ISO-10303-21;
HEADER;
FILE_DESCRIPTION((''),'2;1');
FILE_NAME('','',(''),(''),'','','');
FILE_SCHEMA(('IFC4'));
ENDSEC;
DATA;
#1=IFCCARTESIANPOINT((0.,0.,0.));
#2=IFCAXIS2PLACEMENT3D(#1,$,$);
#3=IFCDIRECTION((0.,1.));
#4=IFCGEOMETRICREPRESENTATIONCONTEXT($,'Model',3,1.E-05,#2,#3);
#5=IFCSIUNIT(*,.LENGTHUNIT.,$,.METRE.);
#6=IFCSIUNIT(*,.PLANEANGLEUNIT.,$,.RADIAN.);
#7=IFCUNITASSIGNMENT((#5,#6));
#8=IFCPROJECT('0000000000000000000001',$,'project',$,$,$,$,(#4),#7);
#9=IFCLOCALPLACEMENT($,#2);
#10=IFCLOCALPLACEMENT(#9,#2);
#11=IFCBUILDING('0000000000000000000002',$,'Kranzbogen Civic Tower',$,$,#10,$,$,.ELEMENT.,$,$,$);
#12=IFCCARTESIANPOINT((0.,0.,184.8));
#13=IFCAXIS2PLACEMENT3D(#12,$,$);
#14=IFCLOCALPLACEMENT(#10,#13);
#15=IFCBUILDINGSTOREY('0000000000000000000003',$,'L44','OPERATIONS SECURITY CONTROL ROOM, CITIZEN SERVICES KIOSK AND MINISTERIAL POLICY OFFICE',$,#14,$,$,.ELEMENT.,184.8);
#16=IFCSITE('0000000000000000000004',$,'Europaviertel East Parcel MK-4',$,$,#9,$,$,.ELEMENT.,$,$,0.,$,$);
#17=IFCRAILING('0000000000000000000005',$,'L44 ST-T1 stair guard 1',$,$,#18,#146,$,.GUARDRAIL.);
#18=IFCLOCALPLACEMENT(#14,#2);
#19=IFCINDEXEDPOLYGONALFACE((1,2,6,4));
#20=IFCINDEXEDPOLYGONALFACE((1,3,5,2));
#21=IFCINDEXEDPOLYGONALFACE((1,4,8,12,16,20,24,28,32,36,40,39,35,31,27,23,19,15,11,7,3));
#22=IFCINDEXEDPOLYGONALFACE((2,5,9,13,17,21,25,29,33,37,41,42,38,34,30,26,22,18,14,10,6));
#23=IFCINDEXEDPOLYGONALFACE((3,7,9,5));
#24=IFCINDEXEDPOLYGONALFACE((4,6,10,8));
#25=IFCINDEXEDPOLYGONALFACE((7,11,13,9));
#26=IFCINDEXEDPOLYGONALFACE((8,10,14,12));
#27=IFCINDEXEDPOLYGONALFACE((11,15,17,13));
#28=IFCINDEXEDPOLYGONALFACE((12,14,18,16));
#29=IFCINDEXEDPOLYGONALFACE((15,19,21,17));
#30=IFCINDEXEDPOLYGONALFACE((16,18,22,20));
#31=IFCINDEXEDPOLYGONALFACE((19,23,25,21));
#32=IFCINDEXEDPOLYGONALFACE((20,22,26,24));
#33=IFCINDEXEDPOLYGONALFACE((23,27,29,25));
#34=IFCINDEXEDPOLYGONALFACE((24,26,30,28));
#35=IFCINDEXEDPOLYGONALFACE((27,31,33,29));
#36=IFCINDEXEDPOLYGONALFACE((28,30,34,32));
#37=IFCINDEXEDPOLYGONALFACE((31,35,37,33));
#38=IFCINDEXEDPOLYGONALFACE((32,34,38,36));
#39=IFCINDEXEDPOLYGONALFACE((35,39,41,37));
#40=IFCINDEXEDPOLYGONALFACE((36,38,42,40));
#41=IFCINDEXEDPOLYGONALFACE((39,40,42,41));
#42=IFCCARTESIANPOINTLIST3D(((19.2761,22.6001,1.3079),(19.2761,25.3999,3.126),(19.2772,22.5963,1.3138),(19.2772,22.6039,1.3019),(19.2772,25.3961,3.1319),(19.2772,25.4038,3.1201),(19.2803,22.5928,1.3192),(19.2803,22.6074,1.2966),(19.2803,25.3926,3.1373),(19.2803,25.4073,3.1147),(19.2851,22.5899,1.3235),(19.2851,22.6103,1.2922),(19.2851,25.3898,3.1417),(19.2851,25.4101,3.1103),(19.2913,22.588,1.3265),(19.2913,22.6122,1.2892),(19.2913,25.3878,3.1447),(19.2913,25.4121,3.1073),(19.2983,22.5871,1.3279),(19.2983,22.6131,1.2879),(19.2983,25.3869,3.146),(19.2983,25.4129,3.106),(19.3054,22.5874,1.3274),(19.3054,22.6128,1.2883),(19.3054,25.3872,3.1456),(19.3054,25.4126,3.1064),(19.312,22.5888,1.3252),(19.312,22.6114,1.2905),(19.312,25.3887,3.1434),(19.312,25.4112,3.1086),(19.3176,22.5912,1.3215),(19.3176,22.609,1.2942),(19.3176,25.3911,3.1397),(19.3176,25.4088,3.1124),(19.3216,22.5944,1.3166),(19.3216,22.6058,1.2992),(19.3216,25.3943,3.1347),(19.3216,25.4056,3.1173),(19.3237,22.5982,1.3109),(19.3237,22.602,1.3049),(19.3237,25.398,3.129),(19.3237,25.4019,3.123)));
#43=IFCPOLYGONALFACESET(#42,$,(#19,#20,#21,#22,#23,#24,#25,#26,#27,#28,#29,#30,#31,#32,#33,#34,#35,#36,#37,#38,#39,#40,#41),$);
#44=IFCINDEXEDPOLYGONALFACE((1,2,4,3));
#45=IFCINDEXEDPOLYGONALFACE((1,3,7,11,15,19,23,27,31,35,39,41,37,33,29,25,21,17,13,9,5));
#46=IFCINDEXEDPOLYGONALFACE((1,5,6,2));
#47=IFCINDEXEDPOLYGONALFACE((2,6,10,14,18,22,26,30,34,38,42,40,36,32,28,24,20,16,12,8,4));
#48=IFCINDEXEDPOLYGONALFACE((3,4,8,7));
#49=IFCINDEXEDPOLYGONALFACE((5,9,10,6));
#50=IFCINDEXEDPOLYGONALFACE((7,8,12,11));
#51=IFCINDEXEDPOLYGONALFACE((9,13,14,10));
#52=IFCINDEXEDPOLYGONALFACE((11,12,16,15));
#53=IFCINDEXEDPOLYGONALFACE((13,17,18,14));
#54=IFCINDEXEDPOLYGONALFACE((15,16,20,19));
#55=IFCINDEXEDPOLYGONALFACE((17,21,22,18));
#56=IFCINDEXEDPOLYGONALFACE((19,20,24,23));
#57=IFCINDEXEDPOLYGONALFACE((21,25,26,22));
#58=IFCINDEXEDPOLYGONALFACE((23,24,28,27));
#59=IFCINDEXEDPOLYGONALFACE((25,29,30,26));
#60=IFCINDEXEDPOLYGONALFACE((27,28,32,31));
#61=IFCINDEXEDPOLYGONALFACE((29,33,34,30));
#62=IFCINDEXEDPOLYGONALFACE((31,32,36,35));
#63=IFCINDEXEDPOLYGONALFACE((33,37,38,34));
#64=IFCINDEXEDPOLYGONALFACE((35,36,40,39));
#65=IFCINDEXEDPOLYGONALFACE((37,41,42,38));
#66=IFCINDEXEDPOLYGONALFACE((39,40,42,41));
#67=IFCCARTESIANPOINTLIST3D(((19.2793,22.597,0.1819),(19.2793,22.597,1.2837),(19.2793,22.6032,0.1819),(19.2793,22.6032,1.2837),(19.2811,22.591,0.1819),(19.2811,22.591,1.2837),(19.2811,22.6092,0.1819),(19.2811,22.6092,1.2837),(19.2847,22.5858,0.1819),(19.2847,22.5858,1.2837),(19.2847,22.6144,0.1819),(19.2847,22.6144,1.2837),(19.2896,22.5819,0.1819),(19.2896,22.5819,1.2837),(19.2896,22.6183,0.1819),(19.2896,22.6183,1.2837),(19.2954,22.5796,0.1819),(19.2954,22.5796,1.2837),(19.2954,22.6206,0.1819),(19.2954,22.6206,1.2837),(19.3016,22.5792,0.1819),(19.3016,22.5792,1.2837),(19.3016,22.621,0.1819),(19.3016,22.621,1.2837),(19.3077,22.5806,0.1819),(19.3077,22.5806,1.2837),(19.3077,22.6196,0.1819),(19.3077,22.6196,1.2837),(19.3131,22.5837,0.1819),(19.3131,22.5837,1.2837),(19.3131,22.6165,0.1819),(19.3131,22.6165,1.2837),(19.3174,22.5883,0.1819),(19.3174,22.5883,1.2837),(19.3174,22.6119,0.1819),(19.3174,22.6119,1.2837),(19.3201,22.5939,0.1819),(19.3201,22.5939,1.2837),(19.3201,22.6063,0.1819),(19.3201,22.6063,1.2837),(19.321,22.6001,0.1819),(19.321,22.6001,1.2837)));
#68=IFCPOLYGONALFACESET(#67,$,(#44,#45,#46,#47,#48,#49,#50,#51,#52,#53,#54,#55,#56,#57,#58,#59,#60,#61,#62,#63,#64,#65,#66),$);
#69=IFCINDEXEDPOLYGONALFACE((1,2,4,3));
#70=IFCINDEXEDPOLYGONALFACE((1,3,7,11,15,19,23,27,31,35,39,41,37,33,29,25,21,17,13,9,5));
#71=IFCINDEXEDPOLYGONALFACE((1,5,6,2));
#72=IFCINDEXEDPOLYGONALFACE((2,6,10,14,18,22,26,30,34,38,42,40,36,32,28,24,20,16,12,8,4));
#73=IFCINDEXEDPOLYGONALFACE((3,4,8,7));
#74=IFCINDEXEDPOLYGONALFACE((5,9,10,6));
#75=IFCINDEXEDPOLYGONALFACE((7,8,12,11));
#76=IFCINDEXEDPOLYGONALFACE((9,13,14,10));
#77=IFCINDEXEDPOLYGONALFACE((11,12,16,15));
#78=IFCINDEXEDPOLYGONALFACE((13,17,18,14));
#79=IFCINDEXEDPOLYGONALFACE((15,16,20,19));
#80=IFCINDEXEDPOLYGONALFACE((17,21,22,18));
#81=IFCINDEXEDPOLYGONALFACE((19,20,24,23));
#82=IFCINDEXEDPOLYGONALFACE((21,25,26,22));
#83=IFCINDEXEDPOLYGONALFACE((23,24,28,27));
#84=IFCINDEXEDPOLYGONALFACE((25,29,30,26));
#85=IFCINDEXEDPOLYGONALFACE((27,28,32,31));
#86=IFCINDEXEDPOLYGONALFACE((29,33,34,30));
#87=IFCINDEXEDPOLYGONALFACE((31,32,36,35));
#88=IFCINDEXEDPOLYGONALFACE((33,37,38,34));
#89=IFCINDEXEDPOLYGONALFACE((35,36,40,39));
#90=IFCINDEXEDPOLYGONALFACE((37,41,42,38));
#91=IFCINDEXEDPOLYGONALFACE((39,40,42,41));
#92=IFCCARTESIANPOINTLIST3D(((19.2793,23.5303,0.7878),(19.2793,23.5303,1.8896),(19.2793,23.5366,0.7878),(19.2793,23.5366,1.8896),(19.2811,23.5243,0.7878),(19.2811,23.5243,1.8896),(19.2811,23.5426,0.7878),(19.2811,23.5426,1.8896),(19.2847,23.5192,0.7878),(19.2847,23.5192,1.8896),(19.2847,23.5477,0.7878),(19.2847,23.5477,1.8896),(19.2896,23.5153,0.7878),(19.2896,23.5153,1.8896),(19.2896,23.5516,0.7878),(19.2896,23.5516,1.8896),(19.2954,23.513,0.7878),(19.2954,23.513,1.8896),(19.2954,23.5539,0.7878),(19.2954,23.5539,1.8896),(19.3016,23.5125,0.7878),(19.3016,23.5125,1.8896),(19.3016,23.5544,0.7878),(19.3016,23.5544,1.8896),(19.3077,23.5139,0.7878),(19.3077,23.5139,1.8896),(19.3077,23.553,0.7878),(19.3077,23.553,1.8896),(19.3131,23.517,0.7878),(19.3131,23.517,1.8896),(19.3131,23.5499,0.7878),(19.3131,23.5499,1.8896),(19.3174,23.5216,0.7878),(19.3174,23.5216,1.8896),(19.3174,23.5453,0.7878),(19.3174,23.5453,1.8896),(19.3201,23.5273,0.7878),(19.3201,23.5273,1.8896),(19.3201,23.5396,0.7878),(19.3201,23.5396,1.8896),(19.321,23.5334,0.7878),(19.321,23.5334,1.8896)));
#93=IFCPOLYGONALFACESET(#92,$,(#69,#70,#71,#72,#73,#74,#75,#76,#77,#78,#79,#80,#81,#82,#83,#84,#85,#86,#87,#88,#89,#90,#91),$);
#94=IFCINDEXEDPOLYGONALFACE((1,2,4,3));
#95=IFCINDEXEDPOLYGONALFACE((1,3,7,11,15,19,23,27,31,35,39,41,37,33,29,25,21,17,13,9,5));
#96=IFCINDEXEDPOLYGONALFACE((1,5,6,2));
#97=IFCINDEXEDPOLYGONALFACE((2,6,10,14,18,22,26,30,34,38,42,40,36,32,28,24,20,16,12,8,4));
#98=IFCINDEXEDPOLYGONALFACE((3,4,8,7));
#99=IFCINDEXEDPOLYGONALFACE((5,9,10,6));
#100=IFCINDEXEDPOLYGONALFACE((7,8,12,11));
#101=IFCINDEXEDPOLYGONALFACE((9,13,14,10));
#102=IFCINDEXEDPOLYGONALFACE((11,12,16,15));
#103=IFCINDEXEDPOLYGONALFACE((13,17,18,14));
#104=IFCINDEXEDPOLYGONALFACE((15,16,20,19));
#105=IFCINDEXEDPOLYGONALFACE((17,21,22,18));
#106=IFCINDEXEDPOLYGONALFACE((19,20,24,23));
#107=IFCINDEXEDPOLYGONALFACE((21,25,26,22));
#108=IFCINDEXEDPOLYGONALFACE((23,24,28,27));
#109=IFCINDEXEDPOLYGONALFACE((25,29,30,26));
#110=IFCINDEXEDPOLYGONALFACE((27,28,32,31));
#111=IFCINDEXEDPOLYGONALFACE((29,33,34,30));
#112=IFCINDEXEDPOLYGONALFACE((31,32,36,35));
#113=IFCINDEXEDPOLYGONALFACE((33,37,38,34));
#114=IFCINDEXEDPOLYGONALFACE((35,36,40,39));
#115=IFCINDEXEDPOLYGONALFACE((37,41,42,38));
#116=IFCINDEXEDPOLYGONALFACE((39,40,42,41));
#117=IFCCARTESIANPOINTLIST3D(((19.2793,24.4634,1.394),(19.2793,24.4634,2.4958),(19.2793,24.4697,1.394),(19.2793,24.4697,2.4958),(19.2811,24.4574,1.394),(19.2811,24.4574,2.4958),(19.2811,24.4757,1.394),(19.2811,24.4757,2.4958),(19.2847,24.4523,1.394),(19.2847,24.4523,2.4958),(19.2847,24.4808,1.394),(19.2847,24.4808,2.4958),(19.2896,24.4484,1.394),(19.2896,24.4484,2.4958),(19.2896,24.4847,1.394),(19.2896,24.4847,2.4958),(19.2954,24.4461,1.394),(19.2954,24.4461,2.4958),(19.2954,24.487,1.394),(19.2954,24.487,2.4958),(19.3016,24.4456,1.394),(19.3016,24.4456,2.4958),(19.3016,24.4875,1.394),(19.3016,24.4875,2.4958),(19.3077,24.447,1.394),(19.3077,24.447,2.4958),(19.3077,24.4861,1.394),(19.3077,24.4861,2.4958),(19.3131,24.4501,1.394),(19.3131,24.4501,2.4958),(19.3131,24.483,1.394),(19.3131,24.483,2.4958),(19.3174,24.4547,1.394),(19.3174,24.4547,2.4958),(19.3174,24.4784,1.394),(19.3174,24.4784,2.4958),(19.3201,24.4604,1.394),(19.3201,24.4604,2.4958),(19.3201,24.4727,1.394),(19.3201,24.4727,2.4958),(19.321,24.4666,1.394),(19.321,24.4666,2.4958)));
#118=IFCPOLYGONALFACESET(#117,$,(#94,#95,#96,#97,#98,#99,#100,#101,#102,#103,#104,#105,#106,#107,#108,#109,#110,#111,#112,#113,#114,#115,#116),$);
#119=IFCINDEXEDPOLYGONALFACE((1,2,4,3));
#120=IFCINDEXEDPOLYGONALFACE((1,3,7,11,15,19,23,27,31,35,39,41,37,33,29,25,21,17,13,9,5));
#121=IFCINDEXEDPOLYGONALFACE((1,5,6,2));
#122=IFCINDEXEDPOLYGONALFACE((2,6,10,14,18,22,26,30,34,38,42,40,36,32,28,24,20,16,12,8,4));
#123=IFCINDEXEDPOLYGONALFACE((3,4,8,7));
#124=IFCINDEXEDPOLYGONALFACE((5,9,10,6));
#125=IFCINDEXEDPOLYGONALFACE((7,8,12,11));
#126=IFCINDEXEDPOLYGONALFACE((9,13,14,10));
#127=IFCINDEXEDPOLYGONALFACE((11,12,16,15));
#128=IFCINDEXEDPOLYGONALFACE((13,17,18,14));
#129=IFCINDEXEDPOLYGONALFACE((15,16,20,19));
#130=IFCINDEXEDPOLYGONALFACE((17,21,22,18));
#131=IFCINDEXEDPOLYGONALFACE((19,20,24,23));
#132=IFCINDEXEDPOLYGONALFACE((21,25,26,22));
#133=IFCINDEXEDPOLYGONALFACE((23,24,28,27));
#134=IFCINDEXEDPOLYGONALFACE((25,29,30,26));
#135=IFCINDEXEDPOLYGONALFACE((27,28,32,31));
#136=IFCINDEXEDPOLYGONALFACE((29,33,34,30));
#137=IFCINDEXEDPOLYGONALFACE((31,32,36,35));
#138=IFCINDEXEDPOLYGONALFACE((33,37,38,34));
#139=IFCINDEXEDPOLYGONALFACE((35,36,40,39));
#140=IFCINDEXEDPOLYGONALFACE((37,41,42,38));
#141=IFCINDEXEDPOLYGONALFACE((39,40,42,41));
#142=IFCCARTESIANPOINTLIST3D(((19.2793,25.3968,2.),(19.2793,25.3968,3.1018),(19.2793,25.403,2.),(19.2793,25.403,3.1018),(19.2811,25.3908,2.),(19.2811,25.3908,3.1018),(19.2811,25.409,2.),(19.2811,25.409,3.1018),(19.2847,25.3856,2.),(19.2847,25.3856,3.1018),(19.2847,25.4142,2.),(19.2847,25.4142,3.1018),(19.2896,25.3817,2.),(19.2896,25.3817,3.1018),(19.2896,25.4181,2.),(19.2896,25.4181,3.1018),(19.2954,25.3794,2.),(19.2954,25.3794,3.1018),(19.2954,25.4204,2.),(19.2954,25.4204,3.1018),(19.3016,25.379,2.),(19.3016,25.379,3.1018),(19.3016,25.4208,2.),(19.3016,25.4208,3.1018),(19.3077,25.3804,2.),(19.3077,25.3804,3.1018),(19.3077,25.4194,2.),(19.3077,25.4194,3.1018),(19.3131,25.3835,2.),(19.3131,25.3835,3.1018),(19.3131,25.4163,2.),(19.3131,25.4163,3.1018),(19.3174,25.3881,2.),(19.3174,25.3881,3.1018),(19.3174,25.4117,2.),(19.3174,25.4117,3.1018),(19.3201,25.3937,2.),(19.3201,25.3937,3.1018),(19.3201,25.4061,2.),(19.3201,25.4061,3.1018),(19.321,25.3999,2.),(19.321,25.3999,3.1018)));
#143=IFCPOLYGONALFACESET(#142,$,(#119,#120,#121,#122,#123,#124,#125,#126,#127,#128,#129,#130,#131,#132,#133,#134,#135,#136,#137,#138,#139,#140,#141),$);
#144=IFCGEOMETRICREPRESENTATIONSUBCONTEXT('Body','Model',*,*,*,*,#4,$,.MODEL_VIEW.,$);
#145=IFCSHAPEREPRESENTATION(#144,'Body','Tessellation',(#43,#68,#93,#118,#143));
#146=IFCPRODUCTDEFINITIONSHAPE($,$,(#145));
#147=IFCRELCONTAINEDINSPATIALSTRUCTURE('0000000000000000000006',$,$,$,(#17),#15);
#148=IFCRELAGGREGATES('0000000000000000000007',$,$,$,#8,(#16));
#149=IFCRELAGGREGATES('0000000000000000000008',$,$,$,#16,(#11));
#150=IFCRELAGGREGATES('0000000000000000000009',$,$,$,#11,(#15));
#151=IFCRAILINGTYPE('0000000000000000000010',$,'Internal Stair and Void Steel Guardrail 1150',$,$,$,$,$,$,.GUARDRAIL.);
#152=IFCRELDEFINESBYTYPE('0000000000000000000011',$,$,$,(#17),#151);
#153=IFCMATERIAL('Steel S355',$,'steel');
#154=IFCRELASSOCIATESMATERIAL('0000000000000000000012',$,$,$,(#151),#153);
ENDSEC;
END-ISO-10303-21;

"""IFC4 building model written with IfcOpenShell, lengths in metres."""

from ifc_helpers import new_model, si_unit, direction, frame, origin, origin_2d, place, context, subcontext, project, spatial, circle, extrude, material, type_object, element, save


model = new_model("IFC4")

# Units and contexts
model_context = context("Model", 3, precision=1e-05, world=origin(), true_north=direction((0.0, 1.0)))
body_context = subcontext(model_context, "Body", "Model", "MODEL_VIEW")
ifc_project = project(units=[si_unit("LENGTHUNIT", "METRE"), si_unit("PLANEANGLEUNIT", "RADIAN")], contexts=[model_context])

# Site, building, storey
site_placement = place(None, origin())
site = spatial("IfcSite", under=ifc_project, at=site_placement, Name="Europaviertel East Parcel MK-4", CompositionType="ELEMENT", RefElevation=0.0)
building_placement = place(site_placement, origin())
building = spatial("IfcBuilding", under=site, at=building_placement, Name="Kranzbogen Civic Tower", CompositionType="ELEMENT")
storey_placement = place(building_placement, frame((0.0, 0.0, 184.8)))
storey = spatial("IfcBuildingStorey", under=building, at=storey_placement, Name="L44", Description="OPERATIONS SECURITY CONTROL ROOM, CITIZEN SERVICES KIOSK AND MINISTERIAL POLICY OFFICE", CompositionType="ELEMENT", Elevation=184.8)

# Shared definitions
ifc_material_1 = material(Name="Steel S355", Category="steel")

# Railing
railing_type_1 = type_object("IfcRailingType", Name="Internal Stair and Void Steel Guardrail 1150", PredefinedType="GUARDRAIL", material=ifc_material_1)
railing_1_placement = place(storey_placement, frame((19.3, 22.6001, 0.1819)))
element("IfcRailing", 1, at=railing_1_placement, inside=storey, type_object=railing_type_1, Name="L44 ST-T1 stair guard 1", PredefinedType="GUARDRAIL", context=body_context, shape_type="SweptSolid", body=[
    extrude(circle(Radius=0.0239, at=origin_2d()), frame((0.0, 0.0, 1.126), z_axis=(0.0, 0.838684, 0.544618), x_axis=(-1.0, 0.0, 0.0)), (0.0, 0.0, 1.0), 3.3384),
    extrude(circle(Radius=0.021, at=origin_2d()), origin(), (0.0, 0.0, 1.0), 1.1018),
    extrude(circle(Radius=0.021, at=origin_2d()), frame((0.0, 0.9333, 0.606)), (0.0, 0.0, 1.0), 1.1018),
    extrude(circle(Radius=0.021, at=origin_2d()), frame((0.0, 1.8665, 1.2122)), (0.0, 0.0, 1.0), 1.1018),
    extrude(circle(Radius=0.021, at=origin_2d()), frame((0.0, 2.7998, 1.8181)), (0.0, 0.0, 1.0), 1.1018),
])

save(model, "model.ifc")
